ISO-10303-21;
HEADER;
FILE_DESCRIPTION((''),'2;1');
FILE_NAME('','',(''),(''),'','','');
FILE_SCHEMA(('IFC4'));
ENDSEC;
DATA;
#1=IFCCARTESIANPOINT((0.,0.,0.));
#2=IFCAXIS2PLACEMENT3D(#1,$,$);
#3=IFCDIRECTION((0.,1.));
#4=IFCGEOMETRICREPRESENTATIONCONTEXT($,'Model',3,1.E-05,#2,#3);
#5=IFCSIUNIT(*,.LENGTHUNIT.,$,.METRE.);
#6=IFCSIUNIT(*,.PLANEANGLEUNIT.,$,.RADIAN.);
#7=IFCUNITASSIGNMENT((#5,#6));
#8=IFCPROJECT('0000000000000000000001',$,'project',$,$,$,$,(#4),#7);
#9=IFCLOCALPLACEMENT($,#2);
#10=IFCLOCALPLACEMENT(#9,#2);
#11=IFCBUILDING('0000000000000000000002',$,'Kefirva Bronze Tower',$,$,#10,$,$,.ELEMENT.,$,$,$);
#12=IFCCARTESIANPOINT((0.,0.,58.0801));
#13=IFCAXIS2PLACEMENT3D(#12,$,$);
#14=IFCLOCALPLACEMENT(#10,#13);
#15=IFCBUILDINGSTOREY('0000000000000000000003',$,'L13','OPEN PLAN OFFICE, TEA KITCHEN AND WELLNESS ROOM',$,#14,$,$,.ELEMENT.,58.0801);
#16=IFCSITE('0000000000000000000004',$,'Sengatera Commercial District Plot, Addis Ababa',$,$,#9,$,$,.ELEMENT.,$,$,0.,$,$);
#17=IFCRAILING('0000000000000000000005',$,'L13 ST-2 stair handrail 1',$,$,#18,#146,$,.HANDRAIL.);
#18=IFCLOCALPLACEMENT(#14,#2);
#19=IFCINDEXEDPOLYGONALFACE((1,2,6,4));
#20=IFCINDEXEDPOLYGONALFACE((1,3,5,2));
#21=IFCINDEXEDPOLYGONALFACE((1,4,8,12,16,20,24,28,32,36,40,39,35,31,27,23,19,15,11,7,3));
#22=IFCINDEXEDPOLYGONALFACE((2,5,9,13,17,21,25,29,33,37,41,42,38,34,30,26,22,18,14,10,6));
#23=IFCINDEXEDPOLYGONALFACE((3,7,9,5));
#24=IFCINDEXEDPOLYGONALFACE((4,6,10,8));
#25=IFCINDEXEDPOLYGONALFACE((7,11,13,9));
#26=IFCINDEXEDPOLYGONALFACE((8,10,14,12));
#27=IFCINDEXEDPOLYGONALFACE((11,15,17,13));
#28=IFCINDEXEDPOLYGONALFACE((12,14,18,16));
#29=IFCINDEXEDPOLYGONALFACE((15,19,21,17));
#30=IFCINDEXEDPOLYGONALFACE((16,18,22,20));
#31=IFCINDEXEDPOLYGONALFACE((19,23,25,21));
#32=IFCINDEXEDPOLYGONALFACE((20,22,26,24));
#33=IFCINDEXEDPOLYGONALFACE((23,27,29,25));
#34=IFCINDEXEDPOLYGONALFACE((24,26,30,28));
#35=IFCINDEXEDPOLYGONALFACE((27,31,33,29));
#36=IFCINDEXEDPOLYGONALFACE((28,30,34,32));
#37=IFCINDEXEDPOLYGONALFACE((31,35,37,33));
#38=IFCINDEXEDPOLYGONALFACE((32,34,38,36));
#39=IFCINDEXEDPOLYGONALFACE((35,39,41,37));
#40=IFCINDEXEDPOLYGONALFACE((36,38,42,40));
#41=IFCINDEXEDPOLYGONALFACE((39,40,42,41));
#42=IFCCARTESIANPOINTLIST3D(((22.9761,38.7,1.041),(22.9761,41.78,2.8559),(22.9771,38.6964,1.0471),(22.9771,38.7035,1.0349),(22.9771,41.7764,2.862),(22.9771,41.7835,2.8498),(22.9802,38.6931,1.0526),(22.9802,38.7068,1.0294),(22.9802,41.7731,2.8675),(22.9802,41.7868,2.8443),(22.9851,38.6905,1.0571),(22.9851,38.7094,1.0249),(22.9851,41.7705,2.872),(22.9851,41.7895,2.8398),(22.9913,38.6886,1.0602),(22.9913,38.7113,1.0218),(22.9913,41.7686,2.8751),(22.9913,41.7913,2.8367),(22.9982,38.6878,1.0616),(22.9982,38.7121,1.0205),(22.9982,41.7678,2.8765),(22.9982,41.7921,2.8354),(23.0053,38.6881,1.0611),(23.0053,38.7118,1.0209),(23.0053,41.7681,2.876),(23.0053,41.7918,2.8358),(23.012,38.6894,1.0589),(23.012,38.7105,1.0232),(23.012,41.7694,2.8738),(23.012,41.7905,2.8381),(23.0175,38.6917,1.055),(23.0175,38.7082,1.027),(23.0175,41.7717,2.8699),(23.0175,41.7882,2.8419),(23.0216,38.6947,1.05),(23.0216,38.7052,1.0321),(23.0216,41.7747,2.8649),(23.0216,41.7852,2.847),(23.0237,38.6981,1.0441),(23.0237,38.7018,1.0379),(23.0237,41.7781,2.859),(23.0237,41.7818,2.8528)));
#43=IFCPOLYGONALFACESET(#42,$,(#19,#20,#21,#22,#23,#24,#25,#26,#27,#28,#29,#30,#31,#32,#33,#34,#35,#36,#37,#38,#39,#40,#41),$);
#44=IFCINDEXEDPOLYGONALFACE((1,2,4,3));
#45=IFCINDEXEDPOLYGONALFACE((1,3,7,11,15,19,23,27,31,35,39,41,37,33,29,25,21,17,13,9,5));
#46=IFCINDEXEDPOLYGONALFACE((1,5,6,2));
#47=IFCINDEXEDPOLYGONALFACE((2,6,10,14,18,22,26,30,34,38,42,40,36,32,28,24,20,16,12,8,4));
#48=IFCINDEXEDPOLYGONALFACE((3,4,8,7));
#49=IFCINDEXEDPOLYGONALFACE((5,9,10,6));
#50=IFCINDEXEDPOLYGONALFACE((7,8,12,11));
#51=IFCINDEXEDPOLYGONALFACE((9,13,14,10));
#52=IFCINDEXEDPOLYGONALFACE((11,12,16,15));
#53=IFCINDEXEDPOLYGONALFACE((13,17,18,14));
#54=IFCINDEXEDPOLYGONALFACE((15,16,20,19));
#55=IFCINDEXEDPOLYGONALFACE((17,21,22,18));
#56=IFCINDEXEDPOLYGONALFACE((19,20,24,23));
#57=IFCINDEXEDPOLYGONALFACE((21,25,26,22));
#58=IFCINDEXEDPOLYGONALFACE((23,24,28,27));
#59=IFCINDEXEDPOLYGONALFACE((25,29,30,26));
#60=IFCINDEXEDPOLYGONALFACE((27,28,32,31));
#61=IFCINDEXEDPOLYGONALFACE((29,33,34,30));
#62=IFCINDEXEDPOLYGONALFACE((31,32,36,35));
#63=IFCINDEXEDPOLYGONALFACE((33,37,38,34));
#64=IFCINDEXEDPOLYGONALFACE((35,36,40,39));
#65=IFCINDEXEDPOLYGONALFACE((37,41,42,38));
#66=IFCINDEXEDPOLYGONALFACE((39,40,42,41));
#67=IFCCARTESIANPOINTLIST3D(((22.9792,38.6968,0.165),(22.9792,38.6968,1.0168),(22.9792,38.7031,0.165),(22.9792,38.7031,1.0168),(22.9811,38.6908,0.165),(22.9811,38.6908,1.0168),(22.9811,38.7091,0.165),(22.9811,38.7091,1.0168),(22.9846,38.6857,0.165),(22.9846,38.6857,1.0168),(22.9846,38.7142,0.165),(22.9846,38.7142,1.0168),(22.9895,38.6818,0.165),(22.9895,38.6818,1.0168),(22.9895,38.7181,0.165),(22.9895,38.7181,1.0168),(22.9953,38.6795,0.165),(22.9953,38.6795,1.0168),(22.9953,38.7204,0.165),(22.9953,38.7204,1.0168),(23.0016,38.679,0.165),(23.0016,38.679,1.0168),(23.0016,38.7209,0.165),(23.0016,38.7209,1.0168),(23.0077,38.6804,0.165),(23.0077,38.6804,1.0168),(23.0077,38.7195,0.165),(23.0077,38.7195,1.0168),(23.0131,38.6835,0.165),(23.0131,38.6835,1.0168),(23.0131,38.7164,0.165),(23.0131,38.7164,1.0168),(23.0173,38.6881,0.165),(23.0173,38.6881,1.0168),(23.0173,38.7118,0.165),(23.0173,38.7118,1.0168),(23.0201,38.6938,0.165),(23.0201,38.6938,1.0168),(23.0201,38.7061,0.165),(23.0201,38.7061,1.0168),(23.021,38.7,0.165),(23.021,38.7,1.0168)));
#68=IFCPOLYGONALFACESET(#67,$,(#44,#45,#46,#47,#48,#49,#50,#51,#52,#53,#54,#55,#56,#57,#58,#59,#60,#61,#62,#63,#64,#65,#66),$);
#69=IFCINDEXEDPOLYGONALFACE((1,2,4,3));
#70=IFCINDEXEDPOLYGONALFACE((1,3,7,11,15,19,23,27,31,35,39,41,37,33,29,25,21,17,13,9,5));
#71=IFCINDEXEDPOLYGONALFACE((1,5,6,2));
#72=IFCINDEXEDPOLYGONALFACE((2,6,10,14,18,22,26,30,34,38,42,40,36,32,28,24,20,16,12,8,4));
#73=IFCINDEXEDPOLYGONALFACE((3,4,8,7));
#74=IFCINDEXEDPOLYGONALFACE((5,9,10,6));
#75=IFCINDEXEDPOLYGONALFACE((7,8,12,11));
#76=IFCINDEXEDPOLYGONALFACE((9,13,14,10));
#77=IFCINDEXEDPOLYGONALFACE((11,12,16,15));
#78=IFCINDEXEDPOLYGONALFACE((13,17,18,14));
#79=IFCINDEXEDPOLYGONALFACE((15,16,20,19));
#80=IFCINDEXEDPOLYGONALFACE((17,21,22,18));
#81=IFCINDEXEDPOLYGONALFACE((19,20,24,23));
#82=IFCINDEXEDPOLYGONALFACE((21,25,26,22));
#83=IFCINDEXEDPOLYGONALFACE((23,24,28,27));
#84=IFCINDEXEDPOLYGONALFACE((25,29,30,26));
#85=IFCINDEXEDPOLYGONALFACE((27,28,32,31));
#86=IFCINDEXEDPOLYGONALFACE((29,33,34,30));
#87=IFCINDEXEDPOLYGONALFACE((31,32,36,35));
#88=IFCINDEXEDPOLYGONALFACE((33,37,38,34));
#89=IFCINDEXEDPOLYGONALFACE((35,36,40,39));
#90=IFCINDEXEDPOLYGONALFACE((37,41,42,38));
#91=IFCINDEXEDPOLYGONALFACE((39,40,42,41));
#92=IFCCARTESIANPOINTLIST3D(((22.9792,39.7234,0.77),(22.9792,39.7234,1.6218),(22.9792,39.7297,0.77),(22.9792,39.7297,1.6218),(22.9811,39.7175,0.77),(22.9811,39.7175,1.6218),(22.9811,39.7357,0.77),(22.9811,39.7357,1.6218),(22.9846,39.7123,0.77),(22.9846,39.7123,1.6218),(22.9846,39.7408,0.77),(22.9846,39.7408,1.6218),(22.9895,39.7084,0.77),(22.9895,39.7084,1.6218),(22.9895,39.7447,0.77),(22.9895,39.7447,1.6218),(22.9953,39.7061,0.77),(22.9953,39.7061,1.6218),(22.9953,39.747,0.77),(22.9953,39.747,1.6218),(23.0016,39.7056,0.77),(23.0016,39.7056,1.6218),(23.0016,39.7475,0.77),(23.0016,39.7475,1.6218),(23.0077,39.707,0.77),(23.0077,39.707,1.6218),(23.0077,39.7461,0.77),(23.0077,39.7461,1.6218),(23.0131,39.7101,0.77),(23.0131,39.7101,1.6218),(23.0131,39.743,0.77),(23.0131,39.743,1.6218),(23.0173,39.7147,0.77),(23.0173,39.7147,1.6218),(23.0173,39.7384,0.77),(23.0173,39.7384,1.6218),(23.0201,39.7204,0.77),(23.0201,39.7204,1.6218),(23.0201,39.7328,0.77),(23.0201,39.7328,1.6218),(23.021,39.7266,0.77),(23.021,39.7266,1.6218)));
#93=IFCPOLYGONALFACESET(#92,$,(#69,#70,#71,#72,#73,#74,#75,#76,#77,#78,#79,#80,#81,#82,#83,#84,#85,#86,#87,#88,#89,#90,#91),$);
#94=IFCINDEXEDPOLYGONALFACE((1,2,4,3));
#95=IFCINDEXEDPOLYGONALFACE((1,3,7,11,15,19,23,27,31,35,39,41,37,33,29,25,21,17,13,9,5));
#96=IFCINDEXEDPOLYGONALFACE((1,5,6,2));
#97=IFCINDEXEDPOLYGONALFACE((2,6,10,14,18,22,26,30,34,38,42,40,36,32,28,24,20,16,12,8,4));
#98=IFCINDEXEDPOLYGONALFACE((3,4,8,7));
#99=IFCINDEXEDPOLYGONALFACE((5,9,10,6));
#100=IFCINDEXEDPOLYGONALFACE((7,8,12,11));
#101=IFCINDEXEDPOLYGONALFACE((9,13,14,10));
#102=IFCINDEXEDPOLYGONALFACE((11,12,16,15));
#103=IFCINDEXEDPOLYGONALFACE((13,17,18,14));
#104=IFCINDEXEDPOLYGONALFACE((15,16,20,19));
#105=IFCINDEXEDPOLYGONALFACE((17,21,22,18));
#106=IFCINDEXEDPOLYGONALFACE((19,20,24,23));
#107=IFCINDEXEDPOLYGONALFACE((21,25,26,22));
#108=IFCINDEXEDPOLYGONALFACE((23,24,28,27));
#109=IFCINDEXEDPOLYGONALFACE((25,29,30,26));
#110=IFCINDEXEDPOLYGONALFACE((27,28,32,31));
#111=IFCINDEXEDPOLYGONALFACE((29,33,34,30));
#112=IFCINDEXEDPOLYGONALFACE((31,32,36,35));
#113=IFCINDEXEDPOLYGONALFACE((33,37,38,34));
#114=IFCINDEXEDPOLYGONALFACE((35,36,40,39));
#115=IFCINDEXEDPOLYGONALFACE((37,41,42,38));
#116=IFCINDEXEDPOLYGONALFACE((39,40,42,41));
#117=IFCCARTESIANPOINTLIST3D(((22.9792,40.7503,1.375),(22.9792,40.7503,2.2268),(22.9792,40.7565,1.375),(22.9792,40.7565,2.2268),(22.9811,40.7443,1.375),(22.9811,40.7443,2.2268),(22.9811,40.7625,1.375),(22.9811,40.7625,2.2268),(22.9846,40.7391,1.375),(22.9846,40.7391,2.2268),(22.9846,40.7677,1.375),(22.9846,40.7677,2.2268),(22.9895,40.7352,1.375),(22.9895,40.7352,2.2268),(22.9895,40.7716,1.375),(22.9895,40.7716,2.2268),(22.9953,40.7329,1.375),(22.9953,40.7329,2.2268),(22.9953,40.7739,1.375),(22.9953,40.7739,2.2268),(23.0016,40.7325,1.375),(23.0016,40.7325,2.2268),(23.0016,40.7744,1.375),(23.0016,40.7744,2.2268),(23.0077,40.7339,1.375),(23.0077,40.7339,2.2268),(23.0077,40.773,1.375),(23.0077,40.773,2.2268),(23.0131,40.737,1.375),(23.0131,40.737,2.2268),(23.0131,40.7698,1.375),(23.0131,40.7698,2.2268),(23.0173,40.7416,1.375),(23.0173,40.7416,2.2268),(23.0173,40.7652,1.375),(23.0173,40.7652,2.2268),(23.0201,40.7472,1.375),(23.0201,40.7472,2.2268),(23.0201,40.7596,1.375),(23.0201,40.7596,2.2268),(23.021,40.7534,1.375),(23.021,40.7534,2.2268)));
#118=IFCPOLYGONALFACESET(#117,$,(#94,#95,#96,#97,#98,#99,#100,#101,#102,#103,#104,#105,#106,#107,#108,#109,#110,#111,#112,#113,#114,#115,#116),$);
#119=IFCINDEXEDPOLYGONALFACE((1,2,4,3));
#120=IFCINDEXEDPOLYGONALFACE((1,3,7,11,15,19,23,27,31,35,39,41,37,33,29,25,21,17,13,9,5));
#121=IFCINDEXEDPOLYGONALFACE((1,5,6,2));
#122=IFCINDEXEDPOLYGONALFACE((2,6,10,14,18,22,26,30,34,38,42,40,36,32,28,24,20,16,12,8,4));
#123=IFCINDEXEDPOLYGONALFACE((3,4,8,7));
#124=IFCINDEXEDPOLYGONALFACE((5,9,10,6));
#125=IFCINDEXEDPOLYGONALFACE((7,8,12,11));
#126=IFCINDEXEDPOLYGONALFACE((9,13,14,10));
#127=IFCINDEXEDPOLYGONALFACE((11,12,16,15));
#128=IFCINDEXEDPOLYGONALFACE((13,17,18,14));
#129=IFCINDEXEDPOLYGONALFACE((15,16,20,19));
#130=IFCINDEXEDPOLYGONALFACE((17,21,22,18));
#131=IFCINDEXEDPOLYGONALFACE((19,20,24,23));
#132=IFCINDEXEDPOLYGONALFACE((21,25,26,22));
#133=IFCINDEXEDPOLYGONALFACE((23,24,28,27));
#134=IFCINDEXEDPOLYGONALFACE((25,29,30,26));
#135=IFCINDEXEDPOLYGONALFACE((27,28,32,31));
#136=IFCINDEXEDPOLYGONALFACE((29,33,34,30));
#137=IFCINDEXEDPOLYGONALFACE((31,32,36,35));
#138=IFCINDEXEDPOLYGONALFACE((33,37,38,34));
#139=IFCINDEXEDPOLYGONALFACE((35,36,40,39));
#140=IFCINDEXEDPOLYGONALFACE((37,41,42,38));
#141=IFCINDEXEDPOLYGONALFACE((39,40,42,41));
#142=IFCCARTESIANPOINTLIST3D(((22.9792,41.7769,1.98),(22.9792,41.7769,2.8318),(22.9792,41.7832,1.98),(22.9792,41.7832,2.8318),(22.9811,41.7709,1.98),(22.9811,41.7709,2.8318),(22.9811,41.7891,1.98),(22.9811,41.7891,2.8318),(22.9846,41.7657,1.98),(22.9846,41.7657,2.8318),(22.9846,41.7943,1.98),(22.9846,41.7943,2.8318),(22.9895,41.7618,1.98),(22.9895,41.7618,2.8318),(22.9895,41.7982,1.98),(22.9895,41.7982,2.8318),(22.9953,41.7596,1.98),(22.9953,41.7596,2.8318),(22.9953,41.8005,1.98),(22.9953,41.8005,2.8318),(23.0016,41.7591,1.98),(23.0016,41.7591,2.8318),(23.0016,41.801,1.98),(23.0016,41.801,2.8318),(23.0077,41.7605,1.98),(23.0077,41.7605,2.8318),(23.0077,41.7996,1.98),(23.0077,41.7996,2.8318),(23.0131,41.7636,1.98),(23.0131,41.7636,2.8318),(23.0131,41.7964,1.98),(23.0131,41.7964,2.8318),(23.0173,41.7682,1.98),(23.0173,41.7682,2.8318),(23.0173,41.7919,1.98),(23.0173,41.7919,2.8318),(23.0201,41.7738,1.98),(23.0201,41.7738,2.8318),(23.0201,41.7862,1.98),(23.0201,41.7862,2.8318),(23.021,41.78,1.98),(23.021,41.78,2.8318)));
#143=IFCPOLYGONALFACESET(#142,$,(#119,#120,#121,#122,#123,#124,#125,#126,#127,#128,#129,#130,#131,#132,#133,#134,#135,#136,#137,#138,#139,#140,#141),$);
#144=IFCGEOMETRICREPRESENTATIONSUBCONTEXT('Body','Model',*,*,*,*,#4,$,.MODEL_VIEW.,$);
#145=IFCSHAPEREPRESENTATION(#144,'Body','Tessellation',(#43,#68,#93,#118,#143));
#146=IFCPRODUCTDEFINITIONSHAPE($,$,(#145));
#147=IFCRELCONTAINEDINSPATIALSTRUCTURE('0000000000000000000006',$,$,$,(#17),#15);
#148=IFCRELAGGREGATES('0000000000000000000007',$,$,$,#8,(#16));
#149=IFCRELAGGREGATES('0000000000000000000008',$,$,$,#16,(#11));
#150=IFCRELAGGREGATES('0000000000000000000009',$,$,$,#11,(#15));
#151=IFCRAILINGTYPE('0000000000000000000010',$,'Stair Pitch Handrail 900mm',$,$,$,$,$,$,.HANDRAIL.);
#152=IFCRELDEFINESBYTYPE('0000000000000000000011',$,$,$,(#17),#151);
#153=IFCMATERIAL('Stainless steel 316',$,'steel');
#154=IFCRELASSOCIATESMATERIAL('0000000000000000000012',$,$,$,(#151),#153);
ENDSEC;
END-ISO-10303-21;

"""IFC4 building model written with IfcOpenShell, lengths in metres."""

from ifc_helpers import new_model, si_unit, direction, frame, origin, origin_2d, place, context, subcontext, project, spatial, circle, extrude, material, type_object, element, save


model = new_model("IFC4")

# Units and contexts
model_context = context("Model", 3, precision=1e-05, world=origin(), true_north=direction((0.0, 1.0)))
body_context = subcontext(model_context, "Body", "Model", "MODEL_VIEW")
ifc_project = project(units=[si_unit("LENGTHUNIT", "METRE"), si_unit("PLANEANGLEUNIT", "RADIAN")], contexts=[model_context])

# Site, building, storey
site_placement = place(None, origin())
site = spatial("IfcSite", under=ifc_project, at=site_placement, Name="Sengatera Commercial District Plot, Addis Ababa", CompositionType="ELEMENT", RefElevation=0.0)
building_placement = place(site_placement, origin())
building = spatial("IfcBuilding", under=site, at=building_placement, Name="Kefirva Bronze Tower", CompositionType="ELEMENT")
storey_placement = place(building_placement, frame((0.0, 0.0, 58.0801)))
storey = spatial("IfcBuildingStorey", under=building, at=storey_placement, Name="L13", Description="OPEN PLAN OFFICE, TEA KITCHEN AND WELLNESS ROOM", CompositionType="ELEMENT", Elevation=58.0801)

# Railing
ifc_material_1 = material(Name="Stainless steel 316", Category="steel")
railing_type_1 = type_object("IfcRailingType", Name="Stair Pitch Handrail 900mm", PredefinedType="HANDRAIL", material=ifc_material_1)
railing_1_placement = place(storey_placement, frame((23.0, 38.7, 0.165)))
element("IfcRailing", 1, at=railing_1_placement, inside=storey, type_object=railing_type_1, Name="L13 ST-2 stair handrail 1", PredefinedType="HANDRAIL", context=body_context, shape_type="SweptSolid", body=[
    extrude(circle(Radius=0.0239, at=origin_2d()), frame((0.0, 0.0, 0.876), z_axis=(0.0, 0.861551, 0.507671), x_axis=(-1.0, 0.0, 0.0)), (0.0, 0.0, 1.0), 3.575),
    extrude(circle(Radius=0.021, at=origin_2d()), origin(), (0.0, 0.0, 1.0), 0.8518),
    extrude(circle(Radius=0.021, at=origin_2d()), frame((0.0, 1.0266, 0.605)), (0.0, 0.0, 1.0), 0.8518),
    extrude(circle(Radius=0.021, at=origin_2d()), frame((0.0, 2.0535, 1.21)), (0.0, 0.0, 1.0), 0.8518),
    extrude(circle(Radius=0.021, at=origin_2d()), frame((0.0, 3.0801, 1.8149)), (0.0, 0.0, 1.0), 0.8518),
])

save(model, "model.ifc")
